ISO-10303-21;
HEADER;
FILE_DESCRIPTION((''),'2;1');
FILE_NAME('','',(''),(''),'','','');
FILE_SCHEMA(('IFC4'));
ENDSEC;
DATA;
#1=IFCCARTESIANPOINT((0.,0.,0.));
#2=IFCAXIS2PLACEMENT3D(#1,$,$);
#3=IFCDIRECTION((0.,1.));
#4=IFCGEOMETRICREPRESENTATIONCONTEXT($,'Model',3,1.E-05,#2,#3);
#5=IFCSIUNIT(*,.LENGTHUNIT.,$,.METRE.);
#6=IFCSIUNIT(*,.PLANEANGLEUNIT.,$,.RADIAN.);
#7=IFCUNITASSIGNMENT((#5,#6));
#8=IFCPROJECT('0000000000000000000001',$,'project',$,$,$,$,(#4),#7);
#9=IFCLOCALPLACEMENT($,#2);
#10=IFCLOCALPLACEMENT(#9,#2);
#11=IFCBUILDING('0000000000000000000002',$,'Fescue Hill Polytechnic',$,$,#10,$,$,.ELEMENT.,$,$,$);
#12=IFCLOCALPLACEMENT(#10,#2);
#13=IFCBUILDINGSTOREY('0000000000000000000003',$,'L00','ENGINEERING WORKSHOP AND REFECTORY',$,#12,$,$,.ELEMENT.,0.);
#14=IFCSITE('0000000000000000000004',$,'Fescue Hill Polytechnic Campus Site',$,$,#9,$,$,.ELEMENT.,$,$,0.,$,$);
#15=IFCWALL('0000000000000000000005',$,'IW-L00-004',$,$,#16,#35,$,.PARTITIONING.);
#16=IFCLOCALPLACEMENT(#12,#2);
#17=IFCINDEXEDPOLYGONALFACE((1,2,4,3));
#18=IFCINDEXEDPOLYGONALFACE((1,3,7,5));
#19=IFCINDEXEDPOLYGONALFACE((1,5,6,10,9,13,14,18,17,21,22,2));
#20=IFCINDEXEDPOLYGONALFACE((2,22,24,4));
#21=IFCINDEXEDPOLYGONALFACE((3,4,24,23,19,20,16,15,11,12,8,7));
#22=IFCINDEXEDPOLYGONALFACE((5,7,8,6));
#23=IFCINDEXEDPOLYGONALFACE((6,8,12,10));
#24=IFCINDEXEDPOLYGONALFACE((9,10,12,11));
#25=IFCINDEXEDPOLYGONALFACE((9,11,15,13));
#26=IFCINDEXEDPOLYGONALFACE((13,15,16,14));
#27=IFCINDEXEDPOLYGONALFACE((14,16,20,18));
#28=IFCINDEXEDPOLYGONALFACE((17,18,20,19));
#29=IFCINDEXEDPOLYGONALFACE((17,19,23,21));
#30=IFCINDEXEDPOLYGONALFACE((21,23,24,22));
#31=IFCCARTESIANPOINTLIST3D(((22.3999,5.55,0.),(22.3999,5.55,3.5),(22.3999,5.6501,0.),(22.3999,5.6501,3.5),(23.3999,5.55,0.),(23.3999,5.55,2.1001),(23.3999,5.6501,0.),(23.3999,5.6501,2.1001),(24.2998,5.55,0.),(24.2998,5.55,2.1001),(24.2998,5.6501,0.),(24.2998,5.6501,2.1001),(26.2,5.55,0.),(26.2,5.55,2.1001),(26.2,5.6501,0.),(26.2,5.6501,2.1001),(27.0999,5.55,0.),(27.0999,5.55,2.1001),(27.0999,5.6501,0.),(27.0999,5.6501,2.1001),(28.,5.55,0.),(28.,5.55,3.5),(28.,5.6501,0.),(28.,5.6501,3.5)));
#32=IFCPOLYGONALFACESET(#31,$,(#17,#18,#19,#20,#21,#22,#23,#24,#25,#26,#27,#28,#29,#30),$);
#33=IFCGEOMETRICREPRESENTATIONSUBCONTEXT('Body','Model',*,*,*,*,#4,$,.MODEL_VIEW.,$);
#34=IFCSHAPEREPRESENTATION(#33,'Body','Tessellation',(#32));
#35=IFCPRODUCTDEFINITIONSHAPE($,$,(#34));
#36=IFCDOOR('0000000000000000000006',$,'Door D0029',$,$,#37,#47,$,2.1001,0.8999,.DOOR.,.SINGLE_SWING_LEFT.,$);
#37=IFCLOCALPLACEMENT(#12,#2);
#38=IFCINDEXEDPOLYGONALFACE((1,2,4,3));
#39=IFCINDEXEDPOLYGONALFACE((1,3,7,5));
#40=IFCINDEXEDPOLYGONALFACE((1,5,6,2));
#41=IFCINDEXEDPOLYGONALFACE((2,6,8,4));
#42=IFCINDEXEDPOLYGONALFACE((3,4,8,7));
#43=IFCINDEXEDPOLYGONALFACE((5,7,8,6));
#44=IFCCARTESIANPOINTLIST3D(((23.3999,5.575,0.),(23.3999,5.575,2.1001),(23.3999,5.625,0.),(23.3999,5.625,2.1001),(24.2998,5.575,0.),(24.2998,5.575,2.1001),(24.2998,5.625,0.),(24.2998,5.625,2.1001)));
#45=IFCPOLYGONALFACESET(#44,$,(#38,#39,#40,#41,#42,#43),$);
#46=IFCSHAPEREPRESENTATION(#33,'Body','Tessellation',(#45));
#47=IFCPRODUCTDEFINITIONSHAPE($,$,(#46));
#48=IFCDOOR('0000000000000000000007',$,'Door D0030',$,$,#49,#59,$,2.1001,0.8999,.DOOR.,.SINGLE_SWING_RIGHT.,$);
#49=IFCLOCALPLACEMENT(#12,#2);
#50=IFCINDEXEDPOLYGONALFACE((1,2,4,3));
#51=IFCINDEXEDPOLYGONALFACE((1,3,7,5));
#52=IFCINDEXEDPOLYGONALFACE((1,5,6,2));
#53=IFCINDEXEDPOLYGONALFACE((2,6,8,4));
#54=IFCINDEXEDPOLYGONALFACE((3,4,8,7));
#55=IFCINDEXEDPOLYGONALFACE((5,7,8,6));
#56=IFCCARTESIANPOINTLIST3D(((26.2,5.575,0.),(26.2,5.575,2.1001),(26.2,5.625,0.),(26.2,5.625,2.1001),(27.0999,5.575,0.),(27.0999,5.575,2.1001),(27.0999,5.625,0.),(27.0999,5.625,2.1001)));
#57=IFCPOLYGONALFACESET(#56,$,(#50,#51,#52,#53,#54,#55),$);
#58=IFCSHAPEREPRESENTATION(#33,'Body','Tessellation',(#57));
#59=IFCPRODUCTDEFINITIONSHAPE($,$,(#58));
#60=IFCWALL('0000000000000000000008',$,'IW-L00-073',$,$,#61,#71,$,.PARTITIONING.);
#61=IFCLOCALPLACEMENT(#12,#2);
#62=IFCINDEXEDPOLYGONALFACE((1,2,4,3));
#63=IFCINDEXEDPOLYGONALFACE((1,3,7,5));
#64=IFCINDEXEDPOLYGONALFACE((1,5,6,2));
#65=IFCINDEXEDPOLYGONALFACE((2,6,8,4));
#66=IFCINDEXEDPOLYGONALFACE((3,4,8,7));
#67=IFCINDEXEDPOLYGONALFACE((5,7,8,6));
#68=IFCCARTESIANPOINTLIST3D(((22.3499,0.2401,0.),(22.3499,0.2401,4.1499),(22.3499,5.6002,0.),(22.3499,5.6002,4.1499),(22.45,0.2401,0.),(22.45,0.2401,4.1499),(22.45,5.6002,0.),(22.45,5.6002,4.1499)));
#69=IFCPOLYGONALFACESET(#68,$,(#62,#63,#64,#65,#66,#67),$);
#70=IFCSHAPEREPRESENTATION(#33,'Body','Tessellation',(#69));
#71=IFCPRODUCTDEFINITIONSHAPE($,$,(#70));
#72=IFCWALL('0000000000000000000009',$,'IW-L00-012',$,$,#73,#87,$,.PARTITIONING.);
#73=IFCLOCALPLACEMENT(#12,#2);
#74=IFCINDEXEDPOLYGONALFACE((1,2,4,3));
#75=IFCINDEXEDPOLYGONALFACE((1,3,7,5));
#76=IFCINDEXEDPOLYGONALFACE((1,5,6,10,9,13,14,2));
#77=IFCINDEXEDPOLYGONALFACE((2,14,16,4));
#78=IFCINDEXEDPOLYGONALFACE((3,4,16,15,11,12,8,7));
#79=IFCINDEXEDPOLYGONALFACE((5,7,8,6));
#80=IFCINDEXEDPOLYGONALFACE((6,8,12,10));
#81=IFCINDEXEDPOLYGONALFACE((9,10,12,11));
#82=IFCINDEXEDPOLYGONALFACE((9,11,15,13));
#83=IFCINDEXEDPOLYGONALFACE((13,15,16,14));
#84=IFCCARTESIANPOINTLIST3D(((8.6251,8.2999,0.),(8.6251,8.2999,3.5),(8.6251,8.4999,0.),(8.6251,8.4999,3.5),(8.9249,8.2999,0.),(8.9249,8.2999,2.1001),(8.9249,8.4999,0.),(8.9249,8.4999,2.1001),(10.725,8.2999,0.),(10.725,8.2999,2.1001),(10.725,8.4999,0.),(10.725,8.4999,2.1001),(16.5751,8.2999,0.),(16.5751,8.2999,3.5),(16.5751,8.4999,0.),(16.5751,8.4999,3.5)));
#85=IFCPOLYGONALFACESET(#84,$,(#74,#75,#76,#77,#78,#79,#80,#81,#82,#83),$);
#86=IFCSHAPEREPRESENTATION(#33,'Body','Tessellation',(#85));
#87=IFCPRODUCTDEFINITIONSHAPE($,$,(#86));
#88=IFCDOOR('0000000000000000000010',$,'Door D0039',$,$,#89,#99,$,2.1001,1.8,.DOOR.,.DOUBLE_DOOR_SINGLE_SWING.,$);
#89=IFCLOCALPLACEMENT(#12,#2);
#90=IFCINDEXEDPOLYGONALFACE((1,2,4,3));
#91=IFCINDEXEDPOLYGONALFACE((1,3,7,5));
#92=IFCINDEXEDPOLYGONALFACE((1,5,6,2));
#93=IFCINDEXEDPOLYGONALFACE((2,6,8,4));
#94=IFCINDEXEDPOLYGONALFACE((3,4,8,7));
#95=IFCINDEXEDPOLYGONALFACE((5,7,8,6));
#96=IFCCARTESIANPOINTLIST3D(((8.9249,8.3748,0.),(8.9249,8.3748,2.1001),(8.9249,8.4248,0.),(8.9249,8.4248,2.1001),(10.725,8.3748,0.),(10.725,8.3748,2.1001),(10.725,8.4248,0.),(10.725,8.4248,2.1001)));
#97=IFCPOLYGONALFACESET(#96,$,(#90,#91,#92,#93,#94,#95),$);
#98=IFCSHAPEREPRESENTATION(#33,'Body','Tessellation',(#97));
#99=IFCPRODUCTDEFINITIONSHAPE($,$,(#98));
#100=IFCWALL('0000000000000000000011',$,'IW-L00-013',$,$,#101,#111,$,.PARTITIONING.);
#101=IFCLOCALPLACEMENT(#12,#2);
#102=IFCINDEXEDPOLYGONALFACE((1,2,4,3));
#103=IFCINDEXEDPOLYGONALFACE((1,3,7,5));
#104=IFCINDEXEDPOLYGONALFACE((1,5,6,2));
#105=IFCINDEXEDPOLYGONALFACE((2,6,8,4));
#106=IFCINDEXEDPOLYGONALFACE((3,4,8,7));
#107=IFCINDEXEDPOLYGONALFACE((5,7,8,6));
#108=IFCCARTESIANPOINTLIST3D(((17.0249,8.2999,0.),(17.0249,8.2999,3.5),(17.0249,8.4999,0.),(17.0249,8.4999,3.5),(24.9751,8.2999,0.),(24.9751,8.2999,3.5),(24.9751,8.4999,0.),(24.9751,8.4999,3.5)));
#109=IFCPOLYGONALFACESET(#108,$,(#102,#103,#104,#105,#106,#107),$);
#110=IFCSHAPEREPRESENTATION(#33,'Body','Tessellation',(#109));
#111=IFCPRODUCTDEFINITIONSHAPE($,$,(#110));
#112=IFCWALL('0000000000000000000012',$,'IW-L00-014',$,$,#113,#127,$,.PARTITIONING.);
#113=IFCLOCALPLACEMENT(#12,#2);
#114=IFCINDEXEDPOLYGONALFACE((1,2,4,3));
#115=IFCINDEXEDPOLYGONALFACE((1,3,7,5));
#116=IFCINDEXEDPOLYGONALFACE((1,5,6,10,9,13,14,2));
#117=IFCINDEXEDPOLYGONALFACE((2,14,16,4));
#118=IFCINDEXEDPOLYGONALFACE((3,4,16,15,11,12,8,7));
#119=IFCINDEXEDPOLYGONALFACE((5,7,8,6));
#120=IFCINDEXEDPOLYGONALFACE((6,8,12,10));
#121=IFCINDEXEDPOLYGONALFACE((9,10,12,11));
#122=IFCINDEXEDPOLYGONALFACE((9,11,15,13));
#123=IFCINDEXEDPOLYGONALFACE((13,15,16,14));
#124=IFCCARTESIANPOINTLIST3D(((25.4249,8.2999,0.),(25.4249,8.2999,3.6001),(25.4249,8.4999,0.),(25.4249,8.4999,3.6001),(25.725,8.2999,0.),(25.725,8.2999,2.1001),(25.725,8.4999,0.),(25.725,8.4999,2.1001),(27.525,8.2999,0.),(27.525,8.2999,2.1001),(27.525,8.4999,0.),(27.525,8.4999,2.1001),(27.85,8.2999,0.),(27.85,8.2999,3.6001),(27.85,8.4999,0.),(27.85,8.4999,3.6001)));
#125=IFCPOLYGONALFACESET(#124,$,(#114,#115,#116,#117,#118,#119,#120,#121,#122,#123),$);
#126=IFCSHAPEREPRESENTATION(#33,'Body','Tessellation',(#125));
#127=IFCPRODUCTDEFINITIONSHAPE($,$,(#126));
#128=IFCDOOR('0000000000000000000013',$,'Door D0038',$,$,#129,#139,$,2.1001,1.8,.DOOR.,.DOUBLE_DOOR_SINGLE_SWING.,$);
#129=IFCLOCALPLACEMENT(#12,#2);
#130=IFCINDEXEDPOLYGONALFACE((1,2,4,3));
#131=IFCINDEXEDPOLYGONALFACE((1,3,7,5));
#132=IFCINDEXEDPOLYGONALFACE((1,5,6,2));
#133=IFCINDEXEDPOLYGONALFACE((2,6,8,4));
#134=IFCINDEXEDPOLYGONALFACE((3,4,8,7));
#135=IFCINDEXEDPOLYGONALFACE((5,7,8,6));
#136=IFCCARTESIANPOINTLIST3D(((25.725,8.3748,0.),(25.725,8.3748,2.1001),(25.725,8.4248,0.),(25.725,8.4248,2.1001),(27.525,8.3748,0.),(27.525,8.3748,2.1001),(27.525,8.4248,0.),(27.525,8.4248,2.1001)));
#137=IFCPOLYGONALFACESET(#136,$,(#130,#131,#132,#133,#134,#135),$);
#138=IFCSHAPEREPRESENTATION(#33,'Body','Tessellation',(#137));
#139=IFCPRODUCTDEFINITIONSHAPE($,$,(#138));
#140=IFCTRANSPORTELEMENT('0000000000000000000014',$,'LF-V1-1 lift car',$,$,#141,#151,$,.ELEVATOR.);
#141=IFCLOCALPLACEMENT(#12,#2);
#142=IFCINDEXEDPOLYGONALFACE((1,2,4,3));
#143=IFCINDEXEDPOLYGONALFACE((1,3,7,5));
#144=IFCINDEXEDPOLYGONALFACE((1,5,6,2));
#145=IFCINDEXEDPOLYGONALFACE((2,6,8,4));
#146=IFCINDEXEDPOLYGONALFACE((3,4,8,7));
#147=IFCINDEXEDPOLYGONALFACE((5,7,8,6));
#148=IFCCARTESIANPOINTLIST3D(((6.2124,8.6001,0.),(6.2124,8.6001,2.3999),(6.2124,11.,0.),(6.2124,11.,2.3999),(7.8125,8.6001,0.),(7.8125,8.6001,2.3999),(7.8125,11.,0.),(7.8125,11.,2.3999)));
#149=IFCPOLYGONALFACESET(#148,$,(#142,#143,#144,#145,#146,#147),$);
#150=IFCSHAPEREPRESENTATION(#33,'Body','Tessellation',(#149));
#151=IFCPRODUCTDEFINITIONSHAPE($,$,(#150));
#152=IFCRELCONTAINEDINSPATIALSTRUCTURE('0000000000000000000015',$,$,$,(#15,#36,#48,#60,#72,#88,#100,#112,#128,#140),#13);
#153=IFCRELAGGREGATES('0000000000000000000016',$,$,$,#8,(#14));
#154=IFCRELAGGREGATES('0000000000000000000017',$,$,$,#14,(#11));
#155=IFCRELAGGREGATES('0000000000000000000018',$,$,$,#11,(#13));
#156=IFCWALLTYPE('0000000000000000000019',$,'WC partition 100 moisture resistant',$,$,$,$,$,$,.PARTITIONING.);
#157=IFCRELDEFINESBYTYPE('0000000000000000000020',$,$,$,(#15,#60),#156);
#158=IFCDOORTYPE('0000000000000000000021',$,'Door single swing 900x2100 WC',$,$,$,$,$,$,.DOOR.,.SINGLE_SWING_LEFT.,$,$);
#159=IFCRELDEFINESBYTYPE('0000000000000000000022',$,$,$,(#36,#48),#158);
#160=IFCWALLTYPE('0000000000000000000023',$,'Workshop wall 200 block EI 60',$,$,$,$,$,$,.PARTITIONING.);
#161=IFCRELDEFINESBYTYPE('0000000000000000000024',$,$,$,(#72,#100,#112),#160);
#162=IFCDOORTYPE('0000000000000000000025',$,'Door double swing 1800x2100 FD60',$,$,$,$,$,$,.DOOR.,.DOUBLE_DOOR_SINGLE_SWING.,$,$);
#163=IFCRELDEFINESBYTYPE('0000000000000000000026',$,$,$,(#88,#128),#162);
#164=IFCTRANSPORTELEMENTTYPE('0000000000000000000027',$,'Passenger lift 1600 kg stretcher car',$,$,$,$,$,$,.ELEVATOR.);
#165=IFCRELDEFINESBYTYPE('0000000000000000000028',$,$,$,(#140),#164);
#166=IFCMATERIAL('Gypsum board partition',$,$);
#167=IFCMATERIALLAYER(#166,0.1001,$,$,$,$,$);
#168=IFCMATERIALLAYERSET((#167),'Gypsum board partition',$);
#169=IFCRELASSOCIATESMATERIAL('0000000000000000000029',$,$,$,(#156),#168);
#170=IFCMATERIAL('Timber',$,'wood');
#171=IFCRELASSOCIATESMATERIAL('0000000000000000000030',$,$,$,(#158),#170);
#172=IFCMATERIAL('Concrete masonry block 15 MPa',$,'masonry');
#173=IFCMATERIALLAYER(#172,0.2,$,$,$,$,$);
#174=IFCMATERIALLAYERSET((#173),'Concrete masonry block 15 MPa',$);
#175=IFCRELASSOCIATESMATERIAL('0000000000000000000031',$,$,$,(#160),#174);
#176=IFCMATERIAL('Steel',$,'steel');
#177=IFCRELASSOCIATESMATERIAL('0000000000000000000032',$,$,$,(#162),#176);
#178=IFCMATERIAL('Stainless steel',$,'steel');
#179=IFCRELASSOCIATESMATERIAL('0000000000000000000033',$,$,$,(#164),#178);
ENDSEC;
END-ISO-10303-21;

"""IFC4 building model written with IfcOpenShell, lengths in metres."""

from ifc_helpers import new_model, si_unit, direction, frame, frame_2d, origin, origin_2d, place, context, subcontext, project, spatial, rectangle, extrude, material, layer, layer_set, type_object, element, fill, save


model = new_model("IFC4")

# Units and contexts
model_context = context("Model", 3, precision=1e-05, world=origin(), true_north=direction((0.0, 1.0)))
body_context = subcontext(model_context, "Body", "Model", "MODEL_VIEW")
ifc_project = project(units=[si_unit("LENGTHUNIT", "METRE"), si_unit("PLANEANGLEUNIT", "RADIAN")], contexts=[model_context])

# Site, building, storey
site_placement = place(None, origin())
site = spatial("IfcSite", under=ifc_project, at=site_placement, Name="Fescue Hill Polytechnic Campus Site", CompositionType="ELEMENT", RefElevation=0.0)
building_placement = place(site_placement, origin())
building = spatial("IfcBuilding", under=site, at=building_placement, Name="Fescue Hill Polytechnic", CompositionType="ELEMENT")
storey_placement = place(building_placement, origin())
storey = spatial("IfcBuildingStorey", under=building, at=storey_placement, Name="L00", Description="ENGINEERING WORKSHOP AND REFECTORY", CompositionType="ELEMENT", Elevation=0.0)

# Shared definitions
ifc_material_1 = material(Name="Gypsum board partition")

# Wall, openings, doors
ifc_layer_1 = layer(ifc_material_1, 0.1001)
ifc_layer_set_1 = layer_set([ifc_layer_1], Name="Gypsum board partition")
wall_type_1 = type_object("IfcWallType", Name="WC partition 100 moisture resistant", PredefinedType="PARTITIONING", material=ifc_layer_set_1)
wall_1_placement = place(storey_placement, frame((22.3999, 5.6001, 0.0), z_axis=(0.0, 0.0, 1.0), x_axis=(1.0, 0.0, 0.0)))
wall_1 = element("IfcWall", 1, at=wall_1_placement, inside=storey, type_object=wall_type_1, Name="IW-L00-004", PredefinedType="PARTITIONING", context=body_context, shape_type="SweptSolid", body=[
    extrude(rectangle(XDim=5.6001, YDim=0.1001, at=frame_2d((2.8, 0.0))), origin(), (0.0, 0.0, 1.0), 3.5),
])
opening_1_placement = place(wall_1_placement, frame((1.0, 0.0, 0.0)))
opening_1 = element("IfcOpeningElement", 2, at=opening_1_placement, cuts=wall_1, PredefinedType="OPENING", context=body_context, shape_type="SweptSolid", body=[
    extrude(rectangle(XDim=0.8999, YDim=2.1001, at=frame_2d((0.45, 1.05))), frame((0.0, 0.0601, 0.0), z_axis=(0.0, -1.0, 0.0), x_axis=(1.0, 0.0, 0.0)), (0.0, 0.0, 1.0), 0.1201),
])
opening_2_placement = place(wall_1_placement, frame((3.8, 0.0, 0.0)))
opening_2 = element("IfcOpeningElement", 3, at=opening_2_placement, cuts=wall_1, PredefinedType="OPENING", context=body_context, shape_type="SweptSolid", body=[
    extrude(rectangle(XDim=0.8999, YDim=2.1001, at=frame_2d((0.45, 1.05))), frame((0.0, 0.0601, 0.0), z_axis=(0.0, -1.0, 0.0), x_axis=(1.0, 0.0, 0.0)), (0.0, 0.0, 1.0), 0.1201),
])
ifc_material_2 = material(Name="Timber", Category="wood")
door_type_1 = type_object("IfcDoorType", Name="Door single swing 900x2100 WC", OperationType="SINGLE_SWING_LEFT", PredefinedType="DOOR", material=ifc_material_2)
door_1_placement = place(opening_1_placement, origin())
door_1 = element("IfcDoor", 4, at=door_1_placement, inside=storey, type_object=door_type_1, Name="Door D0029", OperationType="SINGLE_SWING_LEFT", OverallHeight=2.1001, OverallWidth=0.8999, PredefinedType="DOOR", context=body_context, shape_type="SweptSolid", body=[
    extrude(rectangle(XDim=0.8999, YDim=2.1001, at=frame_2d((0.45, 1.05))), frame((0.0, 0.0249, 0.0), z_axis=(0.0, -1.0, 0.0), x_axis=(1.0, 0.0, 0.0)), (0.0, 0.0, 1.0), 0.05),
])
fill(opening_1, door_1)
door_2_placement = place(opening_2_placement, origin())
door_2 = element("IfcDoor", 5, at=door_2_placement, inside=storey, type_object=door_type_1, Name="Door D0030", OperationType="SINGLE_SWING_RIGHT", OverallHeight=2.1001, OverallWidth=0.8999, PredefinedType="DOOR", context=body_context, shape_type="SweptSolid", body=[
    extrude(rectangle(XDim=0.8999, YDim=2.1001, at=frame_2d((0.45, 1.05))), frame((0.0, 0.0249, 0.0), z_axis=(0.0, -1.0, 0.0), x_axis=(1.0, 0.0, 0.0)), (0.0, 0.0, 1.0), 0.05),
])
fill(opening_2, door_2)

# Wall
wall_2_placement = place(storey_placement, frame((22.3999, 0.24, 0.0), z_axis=(0.0, 0.0, 1.0), x_axis=(0.0, 1.0, 0.0)))
element("IfcWall", 6, at=wall_2_placement, inside=storey, type_object=wall_type_1, Name="IW-L00-073", PredefinedType="PARTITIONING", context=body_context, shape_type="SweptSolid", body=[
    extrude(rectangle(XDim=5.3601, YDim=0.1001, at=frame_2d((2.6802, 0.0))), origin(), (0.0, 0.0, 1.0), 4.1499),
])

# Wall, opening, door
ifc_material_3 = material(Name="Concrete masonry block 15 MPa", Category="masonry")
ifc_layer_2 = layer(ifc_material_3, 0.2)
ifc_layer_set_2 = layer_set([ifc_layer_2], Name="Concrete masonry block 15 MPa")
wall_type_2 = type_object("IfcWallType", Name="Workshop wall 200 block EI 60", PredefinedType="PARTITIONING", material=ifc_layer_set_2)
wall_3_placement = place(storey_placement, frame((8.625, 8.3999, 0.0), z_axis=(0.0, 0.0, 1.0), x_axis=(1.0, 0.0, 0.0)))
wall_3 = element("IfcWall", 7, at=wall_3_placement, inside=storey, type_object=wall_type_2, Name="IW-L00-012", PredefinedType="PARTITIONING", context=body_context, shape_type="SweptSolid", body=[
    extrude(rectangle(XDim=7.95, YDim=0.2, at=frame_2d((3.9751, 0.0))), origin(), (0.0, 0.0, 1.0), 3.5),
])
opening_3_placement = place(wall_3_placement, frame((0.3, 0.0, 0.0)))
opening_3 = element("IfcOpeningElement", 8, at=opening_3_placement, cuts=wall_3, PredefinedType="OPENING", context=body_context, shape_type="SweptSolid", body=[
    extrude(rectangle(XDim=1.8, YDim=2.1001, at=frame_2d((0.8999, 1.05))), frame((0.0, 0.1099, 0.0), z_axis=(0.0, -1.0, 0.0), x_axis=(1.0, 0.0, 0.0)), (0.0, 0.0, 1.0), 0.22),
])
ifc_material_4 = material(Name="Steel", Category="steel")
door_type_2 = type_object("IfcDoorType", Name="Door double swing 1800x2100 FD60", OperationType="DOUBLE_DOOR_SINGLE_SWING", PredefinedType="DOOR", material=ifc_material_4)
door_3_placement = place(opening_3_placement, origin())
door_3 = element("IfcDoor", 9, at=door_3_placement, inside=storey, type_object=door_type_2, Name="Door D0039", OperationType="DOUBLE_DOOR_SINGLE_SWING", OverallHeight=2.1001, OverallWidth=1.8, PredefinedType="DOOR", context=body_context, shape_type="SweptSolid", body=[
    extrude(rectangle(XDim=1.8, YDim=2.1001, at=frame_2d((0.8999, 1.05))), frame((0.0, 0.0249, 0.0), z_axis=(0.0, -1.0, 0.0), x_axis=(1.0, 0.0, 0.0)), (0.0, 0.0, 1.0), 0.05),
])
fill(opening_3, door_3)

# Wall
wall_4_placement = place(storey_placement, frame((17.0249, 8.3999, 0.0), z_axis=(0.0, 0.0, 1.0), x_axis=(1.0, 0.0, 0.0)))
element("IfcWall", 10, at=wall_4_placement, inside=storey, type_object=wall_type_2, Name="IW-L00-013", PredefinedType="PARTITIONING", context=body_context, shape_type="SweptSolid", body=[
    extrude(rectangle(XDim=7.9502, YDim=0.2, at=frame_2d((3.9751, 0.0))), origin(), (0.0, 0.0, 1.0), 3.5),
])

# Wall, opening, door
wall_5_placement = place(storey_placement, frame((25.425, 8.3999, 0.0), z_axis=(0.0, 0.0, 1.0), x_axis=(1.0, 0.0, 0.0)))
wall_5 = element("IfcWall", 11, at=wall_5_placement, inside=storey, type_object=wall_type_2, Name="IW-L00-014", PredefinedType="PARTITIONING", context=body_context, shape_type="SweptSolid", body=[
    extrude(rectangle(XDim=2.425, YDim=0.2, at=frame_2d((1.2124, 0.0))), origin(), (0.0, 0.0, 1.0), 3.6001),
])
opening_4_placement = place(wall_5_placement, frame((0.3, 0.0, 0.0)))
opening_4 = element("IfcOpeningElement", 12, at=opening_4_placement, cuts=wall_5, PredefinedType="OPENING", context=body_context, shape_type="SweptSolid", body=[
    extrude(rectangle(XDim=1.8, YDim=2.1001, at=frame_2d((0.8999, 1.05))), frame((0.0, 0.1099, 0.0), z_axis=(0.0, -1.0, 0.0), x_axis=(1.0, 0.0, 0.0)), (0.0, 0.0, 1.0), 0.22),
])
door_4_placement = place(opening_4_placement, origin())
door_4 = element("IfcDoor", 13, at=door_4_placement, inside=storey, type_object=door_type_2, Name="Door D0038", OperationType="DOUBLE_DOOR_SINGLE_SWING", OverallHeight=2.1001, OverallWidth=1.8, PredefinedType="DOOR", context=body_context, shape_type="SweptSolid", body=[
    extrude(rectangle(XDim=1.8, YDim=2.1001, at=frame_2d((0.8999, 1.05))), frame((0.0, 0.0249, 0.0), z_axis=(0.0, -1.0, 0.0), x_axis=(1.0, 0.0, 0.0)), (0.0, 0.0, 1.0), 0.05),
])
fill(opening_4, door_4)

# Transport element
ifc_material_5 = material(Name="Stainless steel", Category="steel")
transport_element_type = type_object("IfcTransportElementType", Name="Passenger lift 1600 kg stretcher car", PredefinedType="ELEVATOR", material=ifc_material_5)
transport_element_placement = place(storey_placement, frame((7.0125, 9.8, 0.0), z_axis=(0.0, 0.0, 1.0), x_axis=(1.0, 0.0, 0.0)))
element("IfcTransportElement", 14, at=transport_element_placement, inside=storey, type_object=transport_element_type, Name="LF-V1-1 lift car", PredefinedType="ELEVATOR", context=body_context, shape_type="SweptSolid", body=[
    extrude(rectangle(XDim=1.6001, YDim=2.3999, at=origin_2d()), origin(), (0.0, 0.0, 1.0), 2.3999),
])

save(model, "model.ifc")
